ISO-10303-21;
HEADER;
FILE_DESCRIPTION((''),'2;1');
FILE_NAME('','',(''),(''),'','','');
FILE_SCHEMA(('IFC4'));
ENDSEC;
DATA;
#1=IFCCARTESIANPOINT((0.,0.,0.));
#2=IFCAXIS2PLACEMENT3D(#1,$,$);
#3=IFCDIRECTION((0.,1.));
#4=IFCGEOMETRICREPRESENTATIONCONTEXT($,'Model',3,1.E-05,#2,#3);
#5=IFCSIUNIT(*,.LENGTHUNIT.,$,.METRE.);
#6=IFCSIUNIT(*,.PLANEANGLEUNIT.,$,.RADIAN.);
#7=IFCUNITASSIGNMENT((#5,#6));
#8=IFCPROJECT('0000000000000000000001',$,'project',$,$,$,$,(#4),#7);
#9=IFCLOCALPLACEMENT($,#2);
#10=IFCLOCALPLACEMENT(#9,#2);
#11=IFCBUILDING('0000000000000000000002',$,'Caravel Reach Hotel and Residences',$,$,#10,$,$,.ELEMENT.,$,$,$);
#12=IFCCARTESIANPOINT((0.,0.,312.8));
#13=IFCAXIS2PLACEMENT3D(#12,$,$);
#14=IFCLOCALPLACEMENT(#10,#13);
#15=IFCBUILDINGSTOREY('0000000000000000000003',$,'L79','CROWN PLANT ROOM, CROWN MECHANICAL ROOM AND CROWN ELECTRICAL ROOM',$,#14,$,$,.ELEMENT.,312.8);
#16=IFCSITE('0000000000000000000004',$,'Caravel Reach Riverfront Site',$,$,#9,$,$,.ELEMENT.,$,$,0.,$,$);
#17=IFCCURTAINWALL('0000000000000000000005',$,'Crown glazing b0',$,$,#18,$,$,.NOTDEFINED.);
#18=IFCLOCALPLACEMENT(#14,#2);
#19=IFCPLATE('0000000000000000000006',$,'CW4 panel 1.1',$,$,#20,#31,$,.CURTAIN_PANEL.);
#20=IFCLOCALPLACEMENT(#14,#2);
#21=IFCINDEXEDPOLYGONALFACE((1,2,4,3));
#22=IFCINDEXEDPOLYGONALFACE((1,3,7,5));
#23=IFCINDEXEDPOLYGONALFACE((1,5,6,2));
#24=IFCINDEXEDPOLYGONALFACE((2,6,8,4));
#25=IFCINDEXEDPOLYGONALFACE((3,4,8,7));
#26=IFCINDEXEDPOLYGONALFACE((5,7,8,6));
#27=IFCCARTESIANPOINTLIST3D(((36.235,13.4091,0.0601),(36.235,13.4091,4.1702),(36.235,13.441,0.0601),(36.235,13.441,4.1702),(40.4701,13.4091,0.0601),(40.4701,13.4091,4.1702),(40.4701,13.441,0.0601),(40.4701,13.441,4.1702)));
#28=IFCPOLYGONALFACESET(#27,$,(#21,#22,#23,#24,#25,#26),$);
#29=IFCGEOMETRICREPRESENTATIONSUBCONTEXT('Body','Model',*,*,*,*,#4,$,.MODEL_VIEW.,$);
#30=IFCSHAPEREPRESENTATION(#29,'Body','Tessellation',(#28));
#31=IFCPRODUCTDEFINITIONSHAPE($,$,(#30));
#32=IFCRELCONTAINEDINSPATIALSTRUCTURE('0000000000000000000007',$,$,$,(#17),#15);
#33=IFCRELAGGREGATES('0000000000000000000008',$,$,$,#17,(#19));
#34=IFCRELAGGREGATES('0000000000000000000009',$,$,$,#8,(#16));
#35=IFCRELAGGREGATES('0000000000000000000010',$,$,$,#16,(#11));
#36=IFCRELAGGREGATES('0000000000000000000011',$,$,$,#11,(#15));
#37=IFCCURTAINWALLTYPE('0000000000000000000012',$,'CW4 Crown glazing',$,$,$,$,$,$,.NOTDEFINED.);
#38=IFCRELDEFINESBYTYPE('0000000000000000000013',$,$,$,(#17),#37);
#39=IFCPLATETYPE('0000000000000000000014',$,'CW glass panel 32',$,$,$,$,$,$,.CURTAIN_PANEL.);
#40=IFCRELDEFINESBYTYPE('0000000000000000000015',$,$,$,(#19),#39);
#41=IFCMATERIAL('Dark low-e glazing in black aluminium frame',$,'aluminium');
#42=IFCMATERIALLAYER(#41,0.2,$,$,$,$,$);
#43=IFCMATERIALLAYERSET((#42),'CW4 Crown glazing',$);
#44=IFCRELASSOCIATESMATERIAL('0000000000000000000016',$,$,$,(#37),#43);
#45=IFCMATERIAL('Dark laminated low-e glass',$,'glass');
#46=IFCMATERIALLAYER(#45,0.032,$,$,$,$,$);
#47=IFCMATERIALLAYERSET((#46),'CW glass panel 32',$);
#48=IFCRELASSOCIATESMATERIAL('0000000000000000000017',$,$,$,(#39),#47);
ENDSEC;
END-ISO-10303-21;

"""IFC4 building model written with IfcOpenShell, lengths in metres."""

from ifc_helpers import new_model, si_unit, direction, frame, origin, origin_2d, place, context, subcontext, project, spatial, rectangle, extrude, material, layer, layer_set, type_object, element, aggregate, save


model = new_model("IFC4")

# Units and contexts
model_context = context("Model", 3, precision=1e-05, world=origin(), true_north=direction((0.0, 1.0)))
body_context = subcontext(model_context, "Body", "Model", "MODEL_VIEW")
ifc_project = project(units=[si_unit("LENGTHUNIT", "METRE"), si_unit("PLANEANGLEUNIT", "RADIAN")], contexts=[model_context])

# Site, building, storey
site_placement = place(None, origin())
site = spatial("IfcSite", under=ifc_project, at=site_placement, Name="Caravel Reach Riverfront Site", CompositionType="ELEMENT", RefElevation=0.0)
building_placement = place(site_placement, origin())
building = spatial("IfcBuilding", under=site, at=building_placement, Name="Caravel Reach Hotel and Residences", CompositionType="ELEMENT")
storey_placement = place(building_placement, frame((0.0, 0.0, 312.8)))
storey = spatial("IfcBuildingStorey", under=building, at=storey_placement, Name="L79", Description="CROWN PLANT ROOM, CROWN MECHANICAL ROOM AND CROWN ELECTRICAL ROOM", CompositionType="ELEMENT", Elevation=312.8)

# Shared definitions
ifc_material_1 = material(Name="Dark low-e glazing in black aluminium frame", Category="aluminium")
ifc_layer_1 = layer(ifc_material_1, 0.2)
ifc_layer_set_1 = layer_set([ifc_layer_1], Name="CW4 Crown glazing")
curtain_wall_type = type_object("IfcCurtainWallType", Name="CW4 Crown glazing", PredefinedType="NOTDEFINED", material=ifc_layer_set_1)

# Curtain wall
curtain_wall_1_placement = place(storey_placement, origin())
curtain_wall_1 = element("IfcCurtainWall", 1, at=curtain_wall_1_placement, inside=storey, type_object=curtain_wall_type, Name="Crown glazing b0", PredefinedType="NOTDEFINED")

# Plate
ifc_material_2 = material(Name="Dark laminated low-e glass", Category="glass")
ifc_layer_2 = layer(ifc_material_2, 0.032)
ifc_layer_set_2 = layer_set([ifc_layer_2], Name="CW glass panel 32")
plate_type = type_object("IfcPlateType", Name="CW glass panel 32", PredefinedType="CURTAIN_PANEL", material=ifc_layer_set_2)
plate_1_placement = place(storey_placement, frame((38.3525, 13.425, 0.0601), z_axis=(0.0, 0.0, 1.0), x_axis=(1.0, 0.0, 0.0)))
plate_1 = element("IfcPlate", 2, at=plate_1_placement, type_object=plate_type, Name="CW4 panel 1.1", PredefinedType="CURTAIN_PANEL", context=body_context, shape_type="SweptSolid", body=[
    extrude(rectangle(XDim=4.2351, YDim=0.032, at=origin_2d()), origin(), (0.0, 0.0, 1.0), 4.1101),
])
aggregate(curtain_wall_1, [plate_1])

save(model, "model.ifc")
